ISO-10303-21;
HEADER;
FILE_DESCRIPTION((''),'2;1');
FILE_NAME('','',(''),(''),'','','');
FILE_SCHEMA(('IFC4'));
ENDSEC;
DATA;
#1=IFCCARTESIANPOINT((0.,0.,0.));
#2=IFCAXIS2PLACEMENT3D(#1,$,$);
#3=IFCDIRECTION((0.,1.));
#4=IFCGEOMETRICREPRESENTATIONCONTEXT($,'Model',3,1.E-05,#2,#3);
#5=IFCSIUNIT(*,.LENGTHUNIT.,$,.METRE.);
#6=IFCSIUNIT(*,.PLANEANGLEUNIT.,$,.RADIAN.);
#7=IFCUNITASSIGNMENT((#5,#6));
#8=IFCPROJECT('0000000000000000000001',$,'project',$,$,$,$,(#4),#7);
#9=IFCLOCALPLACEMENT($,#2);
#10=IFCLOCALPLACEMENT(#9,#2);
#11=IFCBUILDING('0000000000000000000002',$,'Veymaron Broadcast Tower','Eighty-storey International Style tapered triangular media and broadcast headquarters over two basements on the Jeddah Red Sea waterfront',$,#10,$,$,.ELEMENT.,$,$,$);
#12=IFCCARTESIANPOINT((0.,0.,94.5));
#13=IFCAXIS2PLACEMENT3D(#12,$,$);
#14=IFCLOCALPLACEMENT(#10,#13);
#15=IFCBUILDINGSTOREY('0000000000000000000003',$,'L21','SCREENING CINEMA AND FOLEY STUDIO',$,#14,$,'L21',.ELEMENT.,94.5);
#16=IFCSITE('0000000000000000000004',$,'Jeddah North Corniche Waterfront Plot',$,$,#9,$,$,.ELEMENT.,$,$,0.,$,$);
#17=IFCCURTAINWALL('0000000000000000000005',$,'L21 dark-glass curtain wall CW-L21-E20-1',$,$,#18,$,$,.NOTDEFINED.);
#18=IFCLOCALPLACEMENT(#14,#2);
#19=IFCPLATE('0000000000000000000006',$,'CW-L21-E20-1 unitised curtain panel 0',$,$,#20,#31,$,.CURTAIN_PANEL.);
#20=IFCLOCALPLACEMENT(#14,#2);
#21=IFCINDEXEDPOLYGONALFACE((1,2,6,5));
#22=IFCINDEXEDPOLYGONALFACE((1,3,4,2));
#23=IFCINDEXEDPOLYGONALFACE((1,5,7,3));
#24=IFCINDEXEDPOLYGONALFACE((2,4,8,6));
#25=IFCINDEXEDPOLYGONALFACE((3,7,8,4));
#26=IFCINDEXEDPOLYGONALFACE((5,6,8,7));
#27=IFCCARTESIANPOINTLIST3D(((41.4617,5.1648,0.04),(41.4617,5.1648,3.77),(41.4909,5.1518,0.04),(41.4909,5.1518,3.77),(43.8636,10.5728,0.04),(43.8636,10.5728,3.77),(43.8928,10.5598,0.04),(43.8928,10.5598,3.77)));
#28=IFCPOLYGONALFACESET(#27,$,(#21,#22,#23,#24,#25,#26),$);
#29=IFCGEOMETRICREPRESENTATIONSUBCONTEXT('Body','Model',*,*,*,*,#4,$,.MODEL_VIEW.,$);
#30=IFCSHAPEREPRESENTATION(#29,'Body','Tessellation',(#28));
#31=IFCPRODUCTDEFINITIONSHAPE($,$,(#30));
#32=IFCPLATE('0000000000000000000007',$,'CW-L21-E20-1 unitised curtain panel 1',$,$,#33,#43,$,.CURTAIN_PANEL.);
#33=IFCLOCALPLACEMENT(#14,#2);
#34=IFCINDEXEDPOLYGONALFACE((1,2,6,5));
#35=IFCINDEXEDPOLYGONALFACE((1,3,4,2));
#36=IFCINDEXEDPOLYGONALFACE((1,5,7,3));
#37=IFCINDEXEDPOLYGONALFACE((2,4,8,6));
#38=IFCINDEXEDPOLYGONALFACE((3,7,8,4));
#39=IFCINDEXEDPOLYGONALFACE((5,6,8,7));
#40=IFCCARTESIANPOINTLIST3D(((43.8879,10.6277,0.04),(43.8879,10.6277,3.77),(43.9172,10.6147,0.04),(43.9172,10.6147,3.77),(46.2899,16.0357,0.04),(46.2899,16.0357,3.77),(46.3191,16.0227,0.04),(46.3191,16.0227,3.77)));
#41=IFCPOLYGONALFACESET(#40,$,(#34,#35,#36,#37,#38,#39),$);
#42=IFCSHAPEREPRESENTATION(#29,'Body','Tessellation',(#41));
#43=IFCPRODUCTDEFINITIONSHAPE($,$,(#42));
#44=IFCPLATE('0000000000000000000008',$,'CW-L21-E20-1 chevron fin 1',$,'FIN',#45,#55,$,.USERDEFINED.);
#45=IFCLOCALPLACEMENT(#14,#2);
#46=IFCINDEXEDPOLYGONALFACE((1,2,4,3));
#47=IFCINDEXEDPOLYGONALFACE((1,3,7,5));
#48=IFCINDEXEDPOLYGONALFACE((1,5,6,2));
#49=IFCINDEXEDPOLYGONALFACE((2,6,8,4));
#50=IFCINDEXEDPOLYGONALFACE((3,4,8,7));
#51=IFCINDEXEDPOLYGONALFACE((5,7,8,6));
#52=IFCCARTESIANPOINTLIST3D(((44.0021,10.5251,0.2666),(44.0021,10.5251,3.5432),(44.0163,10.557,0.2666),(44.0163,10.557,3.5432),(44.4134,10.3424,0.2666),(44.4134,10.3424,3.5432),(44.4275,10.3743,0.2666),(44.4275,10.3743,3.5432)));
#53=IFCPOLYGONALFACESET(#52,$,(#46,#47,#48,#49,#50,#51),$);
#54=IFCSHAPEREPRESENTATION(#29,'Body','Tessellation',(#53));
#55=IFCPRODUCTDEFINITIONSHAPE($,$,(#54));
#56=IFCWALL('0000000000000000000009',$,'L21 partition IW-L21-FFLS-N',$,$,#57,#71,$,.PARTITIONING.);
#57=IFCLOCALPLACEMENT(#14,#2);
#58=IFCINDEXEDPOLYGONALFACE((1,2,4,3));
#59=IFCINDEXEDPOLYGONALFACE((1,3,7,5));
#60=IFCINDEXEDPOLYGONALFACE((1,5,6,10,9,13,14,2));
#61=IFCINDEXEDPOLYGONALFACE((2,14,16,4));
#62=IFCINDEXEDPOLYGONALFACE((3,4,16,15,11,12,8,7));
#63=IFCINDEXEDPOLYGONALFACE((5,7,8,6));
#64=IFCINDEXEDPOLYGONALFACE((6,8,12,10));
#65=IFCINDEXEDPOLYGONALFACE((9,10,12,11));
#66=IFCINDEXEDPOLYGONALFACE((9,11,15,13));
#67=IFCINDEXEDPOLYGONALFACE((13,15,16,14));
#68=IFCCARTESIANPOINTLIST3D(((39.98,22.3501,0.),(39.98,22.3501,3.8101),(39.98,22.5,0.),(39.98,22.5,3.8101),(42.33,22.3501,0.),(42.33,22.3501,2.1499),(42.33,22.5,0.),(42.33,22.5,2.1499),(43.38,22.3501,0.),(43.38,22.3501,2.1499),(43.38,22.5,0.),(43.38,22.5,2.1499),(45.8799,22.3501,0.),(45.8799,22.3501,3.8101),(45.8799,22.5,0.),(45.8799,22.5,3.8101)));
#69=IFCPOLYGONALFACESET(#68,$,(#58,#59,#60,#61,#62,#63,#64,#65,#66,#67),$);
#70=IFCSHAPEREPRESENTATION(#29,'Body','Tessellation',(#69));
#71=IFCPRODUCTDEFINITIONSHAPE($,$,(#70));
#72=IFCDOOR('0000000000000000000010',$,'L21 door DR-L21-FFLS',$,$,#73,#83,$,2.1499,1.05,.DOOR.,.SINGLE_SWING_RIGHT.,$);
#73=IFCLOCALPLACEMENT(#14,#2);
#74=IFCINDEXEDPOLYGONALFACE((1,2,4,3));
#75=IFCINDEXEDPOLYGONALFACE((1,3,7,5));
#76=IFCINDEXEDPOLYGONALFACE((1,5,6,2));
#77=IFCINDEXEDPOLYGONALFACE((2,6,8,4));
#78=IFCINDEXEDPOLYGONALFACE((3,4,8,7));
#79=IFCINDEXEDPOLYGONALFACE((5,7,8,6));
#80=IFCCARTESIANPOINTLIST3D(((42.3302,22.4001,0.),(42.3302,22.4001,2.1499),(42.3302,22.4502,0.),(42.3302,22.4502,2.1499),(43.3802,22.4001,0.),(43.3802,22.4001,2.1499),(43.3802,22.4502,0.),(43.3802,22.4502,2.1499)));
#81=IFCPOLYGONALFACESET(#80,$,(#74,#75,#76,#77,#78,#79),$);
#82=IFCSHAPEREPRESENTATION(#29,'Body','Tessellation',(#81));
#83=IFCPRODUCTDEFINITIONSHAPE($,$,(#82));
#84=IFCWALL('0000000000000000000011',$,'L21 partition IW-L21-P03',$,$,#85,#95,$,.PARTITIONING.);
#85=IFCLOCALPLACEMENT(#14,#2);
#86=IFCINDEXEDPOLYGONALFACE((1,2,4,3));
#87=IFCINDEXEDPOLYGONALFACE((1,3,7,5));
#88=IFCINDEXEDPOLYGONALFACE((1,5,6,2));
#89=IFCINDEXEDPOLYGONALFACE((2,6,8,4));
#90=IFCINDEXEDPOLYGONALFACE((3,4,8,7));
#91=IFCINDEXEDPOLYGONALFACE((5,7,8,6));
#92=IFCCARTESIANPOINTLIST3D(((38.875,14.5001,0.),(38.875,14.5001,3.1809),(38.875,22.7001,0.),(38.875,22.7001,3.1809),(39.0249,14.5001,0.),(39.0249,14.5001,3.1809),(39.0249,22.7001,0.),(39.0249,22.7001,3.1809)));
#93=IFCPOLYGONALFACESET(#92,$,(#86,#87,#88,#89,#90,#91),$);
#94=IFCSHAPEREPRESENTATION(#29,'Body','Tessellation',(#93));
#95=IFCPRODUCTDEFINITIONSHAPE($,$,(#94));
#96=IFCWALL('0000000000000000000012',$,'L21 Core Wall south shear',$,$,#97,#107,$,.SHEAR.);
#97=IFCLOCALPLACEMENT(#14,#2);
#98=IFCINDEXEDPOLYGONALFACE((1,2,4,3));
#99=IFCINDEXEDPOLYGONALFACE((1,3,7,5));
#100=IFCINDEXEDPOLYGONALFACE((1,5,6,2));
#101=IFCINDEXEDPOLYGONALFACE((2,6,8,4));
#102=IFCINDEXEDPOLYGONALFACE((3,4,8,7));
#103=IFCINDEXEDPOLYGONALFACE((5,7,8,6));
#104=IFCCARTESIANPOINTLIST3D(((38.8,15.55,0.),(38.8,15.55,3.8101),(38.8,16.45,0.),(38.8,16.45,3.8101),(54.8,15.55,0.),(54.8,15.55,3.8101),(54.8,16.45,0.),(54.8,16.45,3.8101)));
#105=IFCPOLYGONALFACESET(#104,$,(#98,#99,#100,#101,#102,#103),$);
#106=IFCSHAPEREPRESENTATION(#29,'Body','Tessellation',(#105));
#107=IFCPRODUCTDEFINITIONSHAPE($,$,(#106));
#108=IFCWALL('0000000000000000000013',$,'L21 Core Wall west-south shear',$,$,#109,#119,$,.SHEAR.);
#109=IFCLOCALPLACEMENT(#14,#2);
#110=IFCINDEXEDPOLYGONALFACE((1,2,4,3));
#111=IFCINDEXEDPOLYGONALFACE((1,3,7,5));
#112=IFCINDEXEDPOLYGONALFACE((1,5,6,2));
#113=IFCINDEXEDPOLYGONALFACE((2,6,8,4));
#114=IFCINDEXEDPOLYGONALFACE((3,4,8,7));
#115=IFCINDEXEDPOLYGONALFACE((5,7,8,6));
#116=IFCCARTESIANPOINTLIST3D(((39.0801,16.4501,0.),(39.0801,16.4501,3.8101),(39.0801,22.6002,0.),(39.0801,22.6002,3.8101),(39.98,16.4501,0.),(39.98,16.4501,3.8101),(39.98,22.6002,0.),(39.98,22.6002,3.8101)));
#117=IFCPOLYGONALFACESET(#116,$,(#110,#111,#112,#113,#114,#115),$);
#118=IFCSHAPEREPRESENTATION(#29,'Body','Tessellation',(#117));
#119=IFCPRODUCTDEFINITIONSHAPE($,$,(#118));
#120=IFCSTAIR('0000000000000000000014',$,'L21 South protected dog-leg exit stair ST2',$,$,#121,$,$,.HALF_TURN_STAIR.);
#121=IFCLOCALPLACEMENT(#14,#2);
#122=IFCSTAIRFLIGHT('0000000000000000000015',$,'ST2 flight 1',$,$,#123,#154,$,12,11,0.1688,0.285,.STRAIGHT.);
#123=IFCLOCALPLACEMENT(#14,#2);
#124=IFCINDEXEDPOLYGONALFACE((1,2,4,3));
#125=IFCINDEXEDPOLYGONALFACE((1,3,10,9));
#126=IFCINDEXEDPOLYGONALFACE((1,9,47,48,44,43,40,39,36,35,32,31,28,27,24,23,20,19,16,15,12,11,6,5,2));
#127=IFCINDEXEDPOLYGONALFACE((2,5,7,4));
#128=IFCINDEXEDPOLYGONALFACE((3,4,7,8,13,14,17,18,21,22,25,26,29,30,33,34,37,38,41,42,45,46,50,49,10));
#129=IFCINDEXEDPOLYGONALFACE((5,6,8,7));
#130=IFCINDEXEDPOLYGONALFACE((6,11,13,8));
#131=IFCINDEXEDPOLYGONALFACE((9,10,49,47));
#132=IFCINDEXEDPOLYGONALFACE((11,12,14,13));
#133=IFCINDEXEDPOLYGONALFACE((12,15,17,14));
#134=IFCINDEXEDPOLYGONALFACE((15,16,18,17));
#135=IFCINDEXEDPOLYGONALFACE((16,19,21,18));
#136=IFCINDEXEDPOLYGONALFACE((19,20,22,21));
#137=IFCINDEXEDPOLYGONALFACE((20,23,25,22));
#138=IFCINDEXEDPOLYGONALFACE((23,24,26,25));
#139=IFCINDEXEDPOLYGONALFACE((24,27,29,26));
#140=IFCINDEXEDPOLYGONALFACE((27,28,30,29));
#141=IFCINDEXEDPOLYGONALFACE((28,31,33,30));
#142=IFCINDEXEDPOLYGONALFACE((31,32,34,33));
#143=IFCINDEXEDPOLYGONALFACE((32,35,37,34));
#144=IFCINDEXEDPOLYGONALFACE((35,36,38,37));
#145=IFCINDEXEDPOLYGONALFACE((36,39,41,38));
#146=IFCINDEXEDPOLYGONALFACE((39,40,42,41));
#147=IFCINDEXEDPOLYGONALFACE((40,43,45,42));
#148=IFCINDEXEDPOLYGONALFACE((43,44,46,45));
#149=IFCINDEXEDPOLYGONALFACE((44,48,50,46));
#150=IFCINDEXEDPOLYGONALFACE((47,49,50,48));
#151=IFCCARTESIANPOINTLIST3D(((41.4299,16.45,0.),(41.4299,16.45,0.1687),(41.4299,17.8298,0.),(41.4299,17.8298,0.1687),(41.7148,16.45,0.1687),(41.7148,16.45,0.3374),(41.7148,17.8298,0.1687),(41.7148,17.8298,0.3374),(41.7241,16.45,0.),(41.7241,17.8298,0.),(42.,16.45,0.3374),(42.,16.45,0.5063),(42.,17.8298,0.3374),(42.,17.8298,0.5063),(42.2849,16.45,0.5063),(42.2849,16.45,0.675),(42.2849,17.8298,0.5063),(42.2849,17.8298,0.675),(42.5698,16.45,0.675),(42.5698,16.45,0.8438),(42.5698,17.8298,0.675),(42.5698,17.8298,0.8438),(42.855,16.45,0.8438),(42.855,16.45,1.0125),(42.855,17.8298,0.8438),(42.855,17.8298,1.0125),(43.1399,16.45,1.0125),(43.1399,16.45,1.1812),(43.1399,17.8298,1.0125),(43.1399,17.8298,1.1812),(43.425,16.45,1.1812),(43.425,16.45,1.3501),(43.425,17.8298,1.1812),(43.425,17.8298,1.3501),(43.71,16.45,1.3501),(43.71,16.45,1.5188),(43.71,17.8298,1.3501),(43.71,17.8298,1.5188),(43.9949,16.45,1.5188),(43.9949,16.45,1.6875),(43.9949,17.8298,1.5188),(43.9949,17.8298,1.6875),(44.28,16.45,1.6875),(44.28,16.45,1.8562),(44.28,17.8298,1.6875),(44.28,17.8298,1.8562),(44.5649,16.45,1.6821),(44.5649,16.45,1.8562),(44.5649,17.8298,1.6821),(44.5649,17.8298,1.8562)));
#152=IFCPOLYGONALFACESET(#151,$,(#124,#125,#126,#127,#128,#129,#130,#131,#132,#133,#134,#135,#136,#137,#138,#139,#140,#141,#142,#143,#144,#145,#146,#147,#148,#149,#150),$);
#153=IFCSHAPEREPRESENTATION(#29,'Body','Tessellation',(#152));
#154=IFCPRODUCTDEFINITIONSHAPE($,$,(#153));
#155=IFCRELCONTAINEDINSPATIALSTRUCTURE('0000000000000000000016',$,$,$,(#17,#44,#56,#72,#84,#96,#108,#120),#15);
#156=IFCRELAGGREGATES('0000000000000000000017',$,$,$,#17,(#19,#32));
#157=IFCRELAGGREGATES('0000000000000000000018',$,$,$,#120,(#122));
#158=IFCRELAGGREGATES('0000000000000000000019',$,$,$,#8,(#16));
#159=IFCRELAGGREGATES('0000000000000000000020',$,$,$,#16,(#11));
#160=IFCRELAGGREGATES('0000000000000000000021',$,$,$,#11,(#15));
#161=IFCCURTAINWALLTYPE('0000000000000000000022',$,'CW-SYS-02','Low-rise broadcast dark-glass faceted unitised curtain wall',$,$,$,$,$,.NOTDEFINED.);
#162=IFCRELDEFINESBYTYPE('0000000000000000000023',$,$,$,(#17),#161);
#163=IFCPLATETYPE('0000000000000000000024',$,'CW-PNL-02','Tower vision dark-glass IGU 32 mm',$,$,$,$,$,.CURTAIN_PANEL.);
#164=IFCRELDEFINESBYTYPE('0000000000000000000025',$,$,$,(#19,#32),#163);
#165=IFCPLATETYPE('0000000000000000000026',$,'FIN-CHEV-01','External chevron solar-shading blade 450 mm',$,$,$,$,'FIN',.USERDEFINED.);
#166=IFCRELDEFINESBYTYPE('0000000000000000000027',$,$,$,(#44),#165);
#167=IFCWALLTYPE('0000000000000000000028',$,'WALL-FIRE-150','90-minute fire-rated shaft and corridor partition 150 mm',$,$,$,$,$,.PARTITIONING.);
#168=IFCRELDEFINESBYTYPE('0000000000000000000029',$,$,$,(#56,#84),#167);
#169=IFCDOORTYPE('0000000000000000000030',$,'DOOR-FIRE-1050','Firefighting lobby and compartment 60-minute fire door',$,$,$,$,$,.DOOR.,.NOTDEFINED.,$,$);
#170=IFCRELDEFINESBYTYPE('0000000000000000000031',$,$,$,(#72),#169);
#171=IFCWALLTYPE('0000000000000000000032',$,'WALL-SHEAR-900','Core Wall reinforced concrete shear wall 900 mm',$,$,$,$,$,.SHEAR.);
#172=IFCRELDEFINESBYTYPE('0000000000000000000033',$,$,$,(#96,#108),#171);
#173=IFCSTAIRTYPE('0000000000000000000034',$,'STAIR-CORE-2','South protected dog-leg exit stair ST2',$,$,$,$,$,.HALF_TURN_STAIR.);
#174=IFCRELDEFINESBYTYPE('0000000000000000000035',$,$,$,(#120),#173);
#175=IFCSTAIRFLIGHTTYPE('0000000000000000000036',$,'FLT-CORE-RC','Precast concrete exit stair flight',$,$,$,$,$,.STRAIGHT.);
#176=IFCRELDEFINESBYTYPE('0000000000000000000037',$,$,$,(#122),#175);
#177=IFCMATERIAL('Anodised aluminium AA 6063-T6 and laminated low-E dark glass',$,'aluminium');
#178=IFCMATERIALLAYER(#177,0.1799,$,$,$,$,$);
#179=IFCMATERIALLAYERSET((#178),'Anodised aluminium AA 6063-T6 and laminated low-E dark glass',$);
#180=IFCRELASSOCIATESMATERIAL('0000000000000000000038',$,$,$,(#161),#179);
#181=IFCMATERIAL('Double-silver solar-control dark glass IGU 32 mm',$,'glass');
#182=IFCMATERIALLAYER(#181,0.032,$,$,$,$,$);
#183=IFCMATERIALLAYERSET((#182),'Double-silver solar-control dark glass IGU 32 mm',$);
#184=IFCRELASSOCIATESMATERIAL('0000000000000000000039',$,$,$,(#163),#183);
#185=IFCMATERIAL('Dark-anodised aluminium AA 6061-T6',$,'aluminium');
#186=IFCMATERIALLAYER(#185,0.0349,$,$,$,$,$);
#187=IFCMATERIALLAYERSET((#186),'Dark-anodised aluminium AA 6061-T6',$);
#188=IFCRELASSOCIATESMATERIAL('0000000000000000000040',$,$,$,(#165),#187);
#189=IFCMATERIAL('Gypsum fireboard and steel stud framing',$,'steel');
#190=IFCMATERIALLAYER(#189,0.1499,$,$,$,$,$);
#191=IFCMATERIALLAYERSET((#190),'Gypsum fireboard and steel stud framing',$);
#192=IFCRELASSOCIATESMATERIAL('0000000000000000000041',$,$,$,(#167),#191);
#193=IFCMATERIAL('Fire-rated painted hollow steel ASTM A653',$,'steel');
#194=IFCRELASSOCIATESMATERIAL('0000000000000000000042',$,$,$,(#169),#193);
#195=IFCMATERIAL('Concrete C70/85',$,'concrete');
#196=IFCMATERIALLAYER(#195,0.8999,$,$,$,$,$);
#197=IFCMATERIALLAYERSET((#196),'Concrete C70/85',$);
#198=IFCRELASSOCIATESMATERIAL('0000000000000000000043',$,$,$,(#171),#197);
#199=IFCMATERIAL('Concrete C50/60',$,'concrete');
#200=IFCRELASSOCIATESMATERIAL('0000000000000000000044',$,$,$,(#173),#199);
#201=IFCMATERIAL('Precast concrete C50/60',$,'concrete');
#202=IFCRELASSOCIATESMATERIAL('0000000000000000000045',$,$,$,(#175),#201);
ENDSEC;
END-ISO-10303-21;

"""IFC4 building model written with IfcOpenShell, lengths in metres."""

from ifc_helpers import new_model, si_unit, direction, frame, frame_2d, origin, origin_2d, place, context, subcontext, project, spatial, polyline, rectangle, outline, extrude, material, layer, layer_set, type_object, element, fill, aggregate, save


model = new_model("IFC4")

# Units and contexts
model_context = context("Model", 3, precision=1e-05, world=origin(), true_north=direction((0.0, 1.0)))
body_context = subcontext(model_context, "Body", "Model", "MODEL_VIEW")
ifc_project = project(units=[si_unit("LENGTHUNIT", "METRE"), si_unit("PLANEANGLEUNIT", "RADIAN")], contexts=[model_context])

# Site, building, storey
site_placement = place(None, origin())
site = spatial("IfcSite", under=ifc_project, at=site_placement, Name="Jeddah North Corniche Waterfront Plot", CompositionType="ELEMENT", RefElevation=0.0)
building_placement = place(site_placement, origin())
building = spatial("IfcBuilding", under=site, at=building_placement, Name="Veymaron Broadcast Tower", Description="Eighty-storey International Style tapered triangular media and broadcast headquarters over two basements on the Jeddah Red Sea waterfront", CompositionType="ELEMENT")
storey_placement = place(building_placement, frame((0.0, 0.0, 94.5)))
storey = spatial("IfcBuildingStorey", under=building, at=storey_placement, Name="L21", Description="SCREENING CINEMA AND FOLEY STUDIO", LongName="L21", CompositionType="ELEMENT", Elevation=94.5)

# Shared definitions
ifc_material_1 = material(Name="Concrete C70/85", Category="concrete")

# Curtain wall, plates
ifc_material_2 = material(Name="Anodised aluminium AA 6063-T6 and laminated low-E dark glass", Category="aluminium")
ifc_layer_1 = layer(ifc_material_2, 0.1799)
ifc_layer_set_1 = layer_set([ifc_layer_1], Name="Anodised aluminium AA 6063-T6 and laminated low-E dark glass")
curtain_wall_type = type_object("IfcCurtainWallType", Name="CW-SYS-02", Description="Low-rise broadcast dark-glass faceted unitised curtain wall", PredefinedType="NOTDEFINED", material=ifc_layer_set_1)
curtain_wall_placement = place(storey_placement, origin())
curtain_wall = element("IfcCurtainWall", 1, at=curtain_wall_placement, inside=storey, type_object=curtain_wall_type, Name="L21 dark-glass curtain wall CW-L21-E20-1", PredefinedType="NOTDEFINED")
ifc_material_3 = material(Name="Double-silver solar-control dark glass IGU 32 mm", Category="glass")
ifc_layer_2 = layer(ifc_material_3, 0.032)
ifc_layer_set_2 = layer_set([ifc_layer_2], Name="Double-silver solar-control dark glass IGU 32 mm")
plate_type_1 = type_object("IfcPlateType", Name="CW-PNL-02", Description="Tower vision dark-glass IGU 32 mm", PredefinedType="CURTAIN_PANEL", material=ifc_layer_set_2)
plate_1_placement = place(storey_placement, frame((42.6772, 7.8623, 0.04), z_axis=(0.0, 0.0, 1.0), x_axis=(0.405907, 0.913914, 0.0)))
plate_1 = element("IfcPlate", 2, at=plate_1_placement, type_object=plate_type_1, Name="CW-L21-E20-1 unitised curtain panel 0", PredefinedType="CURTAIN_PANEL", context=body_context, shape_type="SweptSolid", body=[
    extrude(rectangle(XDim=5.9175, YDim=0.032, at=origin_2d()), origin(), (0.0, 0.0, 1.0), 3.73),
])
plate_2_placement = place(storey_placement, frame((45.1035, 13.3252, 0.04), z_axis=(0.0, 0.0, 1.0), x_axis=(0.405907, 0.913914, 0.0)))
plate_2 = element("IfcPlate", 3, at=plate_2_placement, type_object=plate_type_1, Name="CW-L21-E20-1 unitised curtain panel 1", PredefinedType="CURTAIN_PANEL", context=body_context, shape_type="SweptSolid", body=[
    extrude(rectangle(XDim=5.9175, YDim=0.032, at=origin_2d()), origin(), (0.0, 0.0, 1.0), 3.73),
])
aggregate(curtain_wall, [plate_1, plate_2])

# Plate
ifc_material_4 = material(Name="Dark-anodised aluminium AA 6061-T6", Category="aluminium")
ifc_layer_3 = layer(ifc_material_4, 0.0349)
ifc_layer_set_3 = layer_set([ifc_layer_3], Name="Dark-anodised aluminium AA 6061-T6")
plate_type_2 = type_object("IfcPlateType", Name="FIN-CHEV-01", Description="External chevron solar-shading blade 450 mm", ElementType="FIN", PredefinedType="USERDEFINED", material=ifc_layer_set_3)
plate_3_placement = place(storey_placement, frame((44.2148, 10.4497, 0.2666), z_axis=(0.0, 0.0, 1.0), x_axis=(0.913914, -0.405907, 0.0)))
element("IfcPlate", 4, at=plate_3_placement, inside=storey, type_object=plate_type_2, Name="CW-L21-E20-1 chevron fin 1", ObjectType="FIN", PredefinedType="USERDEFINED", context=body_context, shape_type="SweptSolid", body=[
    extrude(rectangle(XDim=0.45, YDim=0.0349, at=origin_2d()), origin(), (0.0, 0.0, 1.0), 3.2766),
])

# Wall, opening, door
ifc_material_5 = material(Name="Gypsum fireboard and steel stud framing", Category="steel")
ifc_layer_4 = layer(ifc_material_5, 0.1499)
ifc_layer_set_4 = layer_set([ifc_layer_4], Name="Gypsum fireboard and steel stud framing")
wall_type_1 = type_object("IfcWallType", Name="WALL-FIRE-150", Description="90-minute fire-rated shaft and corridor partition 150 mm", PredefinedType="PARTITIONING", material=ifc_layer_set_4)
wall_1_placement = place(storey_placement, frame((39.98, 22.425, 0.0), z_axis=(0.0, 0.0, 1.0), x_axis=(1.0, 0.0, 0.0)))
wall_1 = element("IfcWall", 5, at=wall_1_placement, inside=storey, type_object=wall_type_1, Name="L21 partition IW-L21-FFLS-N", PredefinedType="PARTITIONING", context=body_context, shape_type="SweptSolid", body=[
    extrude(rectangle(XDim=5.8999, YDim=0.1499, at=frame_2d((2.95, 0.0))), origin(), (0.0, 0.0, 1.0), 3.8101),
])
opening_1_placement = place(wall_1_placement, frame((2.3501, 0.0, 0.0)))
opening_1 = element("IfcOpeningElement", 6, at=opening_1_placement, cuts=wall_1, PredefinedType="OPENING", context=body_context, shape_type="SweptSolid", body=[
    extrude(rectangle(XDim=1.05, YDim=2.1499, at=frame_2d((0.5249, 1.075))), frame((0.0, 0.085, 0.0), z_axis=(0.0, -1.0, 0.0), x_axis=(1.0, 0.0, 0.0)), (0.0, 0.0, 1.0), 0.1699),
])
ifc_material_6 = material(Name="Fire-rated painted hollow steel ASTM A653", Category="steel")
door_type_1 = type_object("IfcDoorType", Name="DOOR-FIRE-1050", Description="Firefighting lobby and compartment 60-minute fire door", OperationType="NOTDEFINED", PredefinedType="DOOR", material=ifc_material_6)
door_1_placement = place(opening_1_placement, frame((1.05, 0.0, 0.0), z_axis=(0.0, 0.0, 1.0), x_axis=(-1.0, 0.0, 0.0)))
door_1 = element("IfcDoor", 7, at=door_1_placement, inside=storey, type_object=door_type_1, Name="L21 door DR-L21-FFLS", OperationType="SINGLE_SWING_RIGHT", OverallHeight=2.1499, OverallWidth=1.05, PredefinedType="DOOR", context=body_context, shape_type="SweptSolid", body=[
    extrude(rectangle(XDim=1.05, YDim=2.1499, at=frame_2d((0.5249, 1.075))), frame((0.0, 0.0249, 0.0), z_axis=(0.0, -1.0, 0.0), x_axis=(1.0, 0.0, 0.0)), (0.0, 0.0, 1.0), 0.05),
])
fill(opening_1, door_1)

# Wall
wall_2_placement = place(storey_placement, frame((38.95, 14.5, 0.0), z_axis=(0.0, 0.0, 1.0), x_axis=(0.0, 1.0, 0.0)))
element("IfcWall", 8, at=wall_2_placement, inside=storey, type_object=wall_type_1, Name="L21 partition IW-L21-P03", PredefinedType="PARTITIONING", context=body_context, shape_type="SweptSolid", body=[
    extrude(rectangle(XDim=8.2, YDim=0.1499, at=frame_2d((4.1001, 0.0))), origin(), (0.0, 0.0, 1.0), 3.1809),
])

# Shared definitions
ifc_material_7 = material(Name="Concrete C50/60", Category="concrete")

# Walls
ifc_layer_5 = layer(ifc_material_1, 0.8999)
ifc_layer_set_5 = layer_set([ifc_layer_5], Name="Concrete C70/85")
wall_type_2 = type_object("IfcWallType", Name="WALL-SHEAR-900", Description="Core Wall reinforced concrete shear wall 900 mm", PredefinedType="SHEAR", material=ifc_layer_set_5)
wall_3_placement = place(storey_placement, frame((38.8, 16.0, 0.0), z_axis=(0.0, 0.0, 1.0), x_axis=(1.0, 0.0, 0.0)))
element("IfcWall", 9, at=wall_3_placement, inside=storey, type_object=wall_type_2, Name="L21 Core Wall south shear", PredefinedType="SHEAR", context=body_context, shape_type="SweptSolid", body=[
    extrude(rectangle(XDim=16.0, YDim=0.8999, at=frame_2d((8.0, 0.0))), origin(), (0.0, 0.0, 1.0), 3.8101),
])
wall_4_placement = place(storey_placement, frame((39.53, 16.45, 0.0), z_axis=(0.0, 0.0, 1.0), x_axis=(0.0, 1.0, 0.0)))
element("IfcWall", 10, at=wall_4_placement, inside=storey, type_object=wall_type_2, Name="L21 Core Wall west-south shear", PredefinedType="SHEAR", context=body_context, shape_type="SweptSolid", body=[
    extrude(rectangle(XDim=6.1501, YDim=0.8999, at=frame_2d((3.0752, 0.0))), origin(), (0.0, 0.0, 1.0), 3.8101),
])

# Stair, stair flight
stair_type = type_object("IfcStairType", Name="STAIR-CORE-2", Description="South protected dog-leg exit stair ST2", PredefinedType="HALF_TURN_STAIR", material=ifc_material_7)
stair_placement = place(storey_placement, origin())
stair = element("IfcStair", 11, at=stair_placement, inside=storey, type_object=stair_type, Name="L21 South protected dog-leg exit stair ST2", PredefinedType="HALF_TURN_STAIR")
ifc_material_8 = material(Name="Precast concrete C50/60", Category="concrete")
stair_flight_type = type_object("IfcStairFlightType", Name="FLT-CORE-RC", Description="Precast concrete exit stair flight", PredefinedType="STRAIGHT", material=ifc_material_8)
stair_flight_1_placement = place(storey_placement, frame((41.4299, 17.1399, 0.0), z_axis=(0.0, 0.0, 1.0), x_axis=(1.0, 0.0, 0.0)))
stair_flight_1 = element("IfcStairFlight", 12, at=stair_flight_1_placement, type_object=stair_flight_type, Name="ST2 flight 1", NumberOfRisers=12, NumberOfTreads=11, PredefinedType="STRAIGHT", RiserHeight=0.1688, TreadLength=0.285, context=body_context, shape_type="SweptSolid", body=[
    extrude(outline(polyline([(0.0, 0.0), (0.0, 0.1687), (0.2849, 0.1687), (0.2849, 0.3374), (0.5701, 0.3374), (0.5701, 0.5063), (0.855, 0.5063), (0.855, 0.675), (1.1399, 0.675), (1.1399, 0.8438), (1.425, 0.8438), (1.425, 1.0125), (1.71, 1.0125), (1.71, 1.1812), (1.9951, 1.1812), (1.9951, 1.3501), (2.28, 1.3501), (2.28, 1.5188), (2.5649, 1.5188), (2.5649, 1.6875), (2.8501, 1.6875), (2.8501, 1.8562), (3.135, 1.8562), (3.135, 2.0249), (3.135, 1.6821), (0.2942, 0.0), (0.0, 0.0)])), frame((0.0, 0.6899, 0.0), z_axis=(0.0, -1.0, 0.0), x_axis=(1.0, 0.0, 0.0)), (0.0, 0.0, 1.0), 1.3799),
])
aggregate(stair, [stair_flight_1])

save(model, "model.ifc")
